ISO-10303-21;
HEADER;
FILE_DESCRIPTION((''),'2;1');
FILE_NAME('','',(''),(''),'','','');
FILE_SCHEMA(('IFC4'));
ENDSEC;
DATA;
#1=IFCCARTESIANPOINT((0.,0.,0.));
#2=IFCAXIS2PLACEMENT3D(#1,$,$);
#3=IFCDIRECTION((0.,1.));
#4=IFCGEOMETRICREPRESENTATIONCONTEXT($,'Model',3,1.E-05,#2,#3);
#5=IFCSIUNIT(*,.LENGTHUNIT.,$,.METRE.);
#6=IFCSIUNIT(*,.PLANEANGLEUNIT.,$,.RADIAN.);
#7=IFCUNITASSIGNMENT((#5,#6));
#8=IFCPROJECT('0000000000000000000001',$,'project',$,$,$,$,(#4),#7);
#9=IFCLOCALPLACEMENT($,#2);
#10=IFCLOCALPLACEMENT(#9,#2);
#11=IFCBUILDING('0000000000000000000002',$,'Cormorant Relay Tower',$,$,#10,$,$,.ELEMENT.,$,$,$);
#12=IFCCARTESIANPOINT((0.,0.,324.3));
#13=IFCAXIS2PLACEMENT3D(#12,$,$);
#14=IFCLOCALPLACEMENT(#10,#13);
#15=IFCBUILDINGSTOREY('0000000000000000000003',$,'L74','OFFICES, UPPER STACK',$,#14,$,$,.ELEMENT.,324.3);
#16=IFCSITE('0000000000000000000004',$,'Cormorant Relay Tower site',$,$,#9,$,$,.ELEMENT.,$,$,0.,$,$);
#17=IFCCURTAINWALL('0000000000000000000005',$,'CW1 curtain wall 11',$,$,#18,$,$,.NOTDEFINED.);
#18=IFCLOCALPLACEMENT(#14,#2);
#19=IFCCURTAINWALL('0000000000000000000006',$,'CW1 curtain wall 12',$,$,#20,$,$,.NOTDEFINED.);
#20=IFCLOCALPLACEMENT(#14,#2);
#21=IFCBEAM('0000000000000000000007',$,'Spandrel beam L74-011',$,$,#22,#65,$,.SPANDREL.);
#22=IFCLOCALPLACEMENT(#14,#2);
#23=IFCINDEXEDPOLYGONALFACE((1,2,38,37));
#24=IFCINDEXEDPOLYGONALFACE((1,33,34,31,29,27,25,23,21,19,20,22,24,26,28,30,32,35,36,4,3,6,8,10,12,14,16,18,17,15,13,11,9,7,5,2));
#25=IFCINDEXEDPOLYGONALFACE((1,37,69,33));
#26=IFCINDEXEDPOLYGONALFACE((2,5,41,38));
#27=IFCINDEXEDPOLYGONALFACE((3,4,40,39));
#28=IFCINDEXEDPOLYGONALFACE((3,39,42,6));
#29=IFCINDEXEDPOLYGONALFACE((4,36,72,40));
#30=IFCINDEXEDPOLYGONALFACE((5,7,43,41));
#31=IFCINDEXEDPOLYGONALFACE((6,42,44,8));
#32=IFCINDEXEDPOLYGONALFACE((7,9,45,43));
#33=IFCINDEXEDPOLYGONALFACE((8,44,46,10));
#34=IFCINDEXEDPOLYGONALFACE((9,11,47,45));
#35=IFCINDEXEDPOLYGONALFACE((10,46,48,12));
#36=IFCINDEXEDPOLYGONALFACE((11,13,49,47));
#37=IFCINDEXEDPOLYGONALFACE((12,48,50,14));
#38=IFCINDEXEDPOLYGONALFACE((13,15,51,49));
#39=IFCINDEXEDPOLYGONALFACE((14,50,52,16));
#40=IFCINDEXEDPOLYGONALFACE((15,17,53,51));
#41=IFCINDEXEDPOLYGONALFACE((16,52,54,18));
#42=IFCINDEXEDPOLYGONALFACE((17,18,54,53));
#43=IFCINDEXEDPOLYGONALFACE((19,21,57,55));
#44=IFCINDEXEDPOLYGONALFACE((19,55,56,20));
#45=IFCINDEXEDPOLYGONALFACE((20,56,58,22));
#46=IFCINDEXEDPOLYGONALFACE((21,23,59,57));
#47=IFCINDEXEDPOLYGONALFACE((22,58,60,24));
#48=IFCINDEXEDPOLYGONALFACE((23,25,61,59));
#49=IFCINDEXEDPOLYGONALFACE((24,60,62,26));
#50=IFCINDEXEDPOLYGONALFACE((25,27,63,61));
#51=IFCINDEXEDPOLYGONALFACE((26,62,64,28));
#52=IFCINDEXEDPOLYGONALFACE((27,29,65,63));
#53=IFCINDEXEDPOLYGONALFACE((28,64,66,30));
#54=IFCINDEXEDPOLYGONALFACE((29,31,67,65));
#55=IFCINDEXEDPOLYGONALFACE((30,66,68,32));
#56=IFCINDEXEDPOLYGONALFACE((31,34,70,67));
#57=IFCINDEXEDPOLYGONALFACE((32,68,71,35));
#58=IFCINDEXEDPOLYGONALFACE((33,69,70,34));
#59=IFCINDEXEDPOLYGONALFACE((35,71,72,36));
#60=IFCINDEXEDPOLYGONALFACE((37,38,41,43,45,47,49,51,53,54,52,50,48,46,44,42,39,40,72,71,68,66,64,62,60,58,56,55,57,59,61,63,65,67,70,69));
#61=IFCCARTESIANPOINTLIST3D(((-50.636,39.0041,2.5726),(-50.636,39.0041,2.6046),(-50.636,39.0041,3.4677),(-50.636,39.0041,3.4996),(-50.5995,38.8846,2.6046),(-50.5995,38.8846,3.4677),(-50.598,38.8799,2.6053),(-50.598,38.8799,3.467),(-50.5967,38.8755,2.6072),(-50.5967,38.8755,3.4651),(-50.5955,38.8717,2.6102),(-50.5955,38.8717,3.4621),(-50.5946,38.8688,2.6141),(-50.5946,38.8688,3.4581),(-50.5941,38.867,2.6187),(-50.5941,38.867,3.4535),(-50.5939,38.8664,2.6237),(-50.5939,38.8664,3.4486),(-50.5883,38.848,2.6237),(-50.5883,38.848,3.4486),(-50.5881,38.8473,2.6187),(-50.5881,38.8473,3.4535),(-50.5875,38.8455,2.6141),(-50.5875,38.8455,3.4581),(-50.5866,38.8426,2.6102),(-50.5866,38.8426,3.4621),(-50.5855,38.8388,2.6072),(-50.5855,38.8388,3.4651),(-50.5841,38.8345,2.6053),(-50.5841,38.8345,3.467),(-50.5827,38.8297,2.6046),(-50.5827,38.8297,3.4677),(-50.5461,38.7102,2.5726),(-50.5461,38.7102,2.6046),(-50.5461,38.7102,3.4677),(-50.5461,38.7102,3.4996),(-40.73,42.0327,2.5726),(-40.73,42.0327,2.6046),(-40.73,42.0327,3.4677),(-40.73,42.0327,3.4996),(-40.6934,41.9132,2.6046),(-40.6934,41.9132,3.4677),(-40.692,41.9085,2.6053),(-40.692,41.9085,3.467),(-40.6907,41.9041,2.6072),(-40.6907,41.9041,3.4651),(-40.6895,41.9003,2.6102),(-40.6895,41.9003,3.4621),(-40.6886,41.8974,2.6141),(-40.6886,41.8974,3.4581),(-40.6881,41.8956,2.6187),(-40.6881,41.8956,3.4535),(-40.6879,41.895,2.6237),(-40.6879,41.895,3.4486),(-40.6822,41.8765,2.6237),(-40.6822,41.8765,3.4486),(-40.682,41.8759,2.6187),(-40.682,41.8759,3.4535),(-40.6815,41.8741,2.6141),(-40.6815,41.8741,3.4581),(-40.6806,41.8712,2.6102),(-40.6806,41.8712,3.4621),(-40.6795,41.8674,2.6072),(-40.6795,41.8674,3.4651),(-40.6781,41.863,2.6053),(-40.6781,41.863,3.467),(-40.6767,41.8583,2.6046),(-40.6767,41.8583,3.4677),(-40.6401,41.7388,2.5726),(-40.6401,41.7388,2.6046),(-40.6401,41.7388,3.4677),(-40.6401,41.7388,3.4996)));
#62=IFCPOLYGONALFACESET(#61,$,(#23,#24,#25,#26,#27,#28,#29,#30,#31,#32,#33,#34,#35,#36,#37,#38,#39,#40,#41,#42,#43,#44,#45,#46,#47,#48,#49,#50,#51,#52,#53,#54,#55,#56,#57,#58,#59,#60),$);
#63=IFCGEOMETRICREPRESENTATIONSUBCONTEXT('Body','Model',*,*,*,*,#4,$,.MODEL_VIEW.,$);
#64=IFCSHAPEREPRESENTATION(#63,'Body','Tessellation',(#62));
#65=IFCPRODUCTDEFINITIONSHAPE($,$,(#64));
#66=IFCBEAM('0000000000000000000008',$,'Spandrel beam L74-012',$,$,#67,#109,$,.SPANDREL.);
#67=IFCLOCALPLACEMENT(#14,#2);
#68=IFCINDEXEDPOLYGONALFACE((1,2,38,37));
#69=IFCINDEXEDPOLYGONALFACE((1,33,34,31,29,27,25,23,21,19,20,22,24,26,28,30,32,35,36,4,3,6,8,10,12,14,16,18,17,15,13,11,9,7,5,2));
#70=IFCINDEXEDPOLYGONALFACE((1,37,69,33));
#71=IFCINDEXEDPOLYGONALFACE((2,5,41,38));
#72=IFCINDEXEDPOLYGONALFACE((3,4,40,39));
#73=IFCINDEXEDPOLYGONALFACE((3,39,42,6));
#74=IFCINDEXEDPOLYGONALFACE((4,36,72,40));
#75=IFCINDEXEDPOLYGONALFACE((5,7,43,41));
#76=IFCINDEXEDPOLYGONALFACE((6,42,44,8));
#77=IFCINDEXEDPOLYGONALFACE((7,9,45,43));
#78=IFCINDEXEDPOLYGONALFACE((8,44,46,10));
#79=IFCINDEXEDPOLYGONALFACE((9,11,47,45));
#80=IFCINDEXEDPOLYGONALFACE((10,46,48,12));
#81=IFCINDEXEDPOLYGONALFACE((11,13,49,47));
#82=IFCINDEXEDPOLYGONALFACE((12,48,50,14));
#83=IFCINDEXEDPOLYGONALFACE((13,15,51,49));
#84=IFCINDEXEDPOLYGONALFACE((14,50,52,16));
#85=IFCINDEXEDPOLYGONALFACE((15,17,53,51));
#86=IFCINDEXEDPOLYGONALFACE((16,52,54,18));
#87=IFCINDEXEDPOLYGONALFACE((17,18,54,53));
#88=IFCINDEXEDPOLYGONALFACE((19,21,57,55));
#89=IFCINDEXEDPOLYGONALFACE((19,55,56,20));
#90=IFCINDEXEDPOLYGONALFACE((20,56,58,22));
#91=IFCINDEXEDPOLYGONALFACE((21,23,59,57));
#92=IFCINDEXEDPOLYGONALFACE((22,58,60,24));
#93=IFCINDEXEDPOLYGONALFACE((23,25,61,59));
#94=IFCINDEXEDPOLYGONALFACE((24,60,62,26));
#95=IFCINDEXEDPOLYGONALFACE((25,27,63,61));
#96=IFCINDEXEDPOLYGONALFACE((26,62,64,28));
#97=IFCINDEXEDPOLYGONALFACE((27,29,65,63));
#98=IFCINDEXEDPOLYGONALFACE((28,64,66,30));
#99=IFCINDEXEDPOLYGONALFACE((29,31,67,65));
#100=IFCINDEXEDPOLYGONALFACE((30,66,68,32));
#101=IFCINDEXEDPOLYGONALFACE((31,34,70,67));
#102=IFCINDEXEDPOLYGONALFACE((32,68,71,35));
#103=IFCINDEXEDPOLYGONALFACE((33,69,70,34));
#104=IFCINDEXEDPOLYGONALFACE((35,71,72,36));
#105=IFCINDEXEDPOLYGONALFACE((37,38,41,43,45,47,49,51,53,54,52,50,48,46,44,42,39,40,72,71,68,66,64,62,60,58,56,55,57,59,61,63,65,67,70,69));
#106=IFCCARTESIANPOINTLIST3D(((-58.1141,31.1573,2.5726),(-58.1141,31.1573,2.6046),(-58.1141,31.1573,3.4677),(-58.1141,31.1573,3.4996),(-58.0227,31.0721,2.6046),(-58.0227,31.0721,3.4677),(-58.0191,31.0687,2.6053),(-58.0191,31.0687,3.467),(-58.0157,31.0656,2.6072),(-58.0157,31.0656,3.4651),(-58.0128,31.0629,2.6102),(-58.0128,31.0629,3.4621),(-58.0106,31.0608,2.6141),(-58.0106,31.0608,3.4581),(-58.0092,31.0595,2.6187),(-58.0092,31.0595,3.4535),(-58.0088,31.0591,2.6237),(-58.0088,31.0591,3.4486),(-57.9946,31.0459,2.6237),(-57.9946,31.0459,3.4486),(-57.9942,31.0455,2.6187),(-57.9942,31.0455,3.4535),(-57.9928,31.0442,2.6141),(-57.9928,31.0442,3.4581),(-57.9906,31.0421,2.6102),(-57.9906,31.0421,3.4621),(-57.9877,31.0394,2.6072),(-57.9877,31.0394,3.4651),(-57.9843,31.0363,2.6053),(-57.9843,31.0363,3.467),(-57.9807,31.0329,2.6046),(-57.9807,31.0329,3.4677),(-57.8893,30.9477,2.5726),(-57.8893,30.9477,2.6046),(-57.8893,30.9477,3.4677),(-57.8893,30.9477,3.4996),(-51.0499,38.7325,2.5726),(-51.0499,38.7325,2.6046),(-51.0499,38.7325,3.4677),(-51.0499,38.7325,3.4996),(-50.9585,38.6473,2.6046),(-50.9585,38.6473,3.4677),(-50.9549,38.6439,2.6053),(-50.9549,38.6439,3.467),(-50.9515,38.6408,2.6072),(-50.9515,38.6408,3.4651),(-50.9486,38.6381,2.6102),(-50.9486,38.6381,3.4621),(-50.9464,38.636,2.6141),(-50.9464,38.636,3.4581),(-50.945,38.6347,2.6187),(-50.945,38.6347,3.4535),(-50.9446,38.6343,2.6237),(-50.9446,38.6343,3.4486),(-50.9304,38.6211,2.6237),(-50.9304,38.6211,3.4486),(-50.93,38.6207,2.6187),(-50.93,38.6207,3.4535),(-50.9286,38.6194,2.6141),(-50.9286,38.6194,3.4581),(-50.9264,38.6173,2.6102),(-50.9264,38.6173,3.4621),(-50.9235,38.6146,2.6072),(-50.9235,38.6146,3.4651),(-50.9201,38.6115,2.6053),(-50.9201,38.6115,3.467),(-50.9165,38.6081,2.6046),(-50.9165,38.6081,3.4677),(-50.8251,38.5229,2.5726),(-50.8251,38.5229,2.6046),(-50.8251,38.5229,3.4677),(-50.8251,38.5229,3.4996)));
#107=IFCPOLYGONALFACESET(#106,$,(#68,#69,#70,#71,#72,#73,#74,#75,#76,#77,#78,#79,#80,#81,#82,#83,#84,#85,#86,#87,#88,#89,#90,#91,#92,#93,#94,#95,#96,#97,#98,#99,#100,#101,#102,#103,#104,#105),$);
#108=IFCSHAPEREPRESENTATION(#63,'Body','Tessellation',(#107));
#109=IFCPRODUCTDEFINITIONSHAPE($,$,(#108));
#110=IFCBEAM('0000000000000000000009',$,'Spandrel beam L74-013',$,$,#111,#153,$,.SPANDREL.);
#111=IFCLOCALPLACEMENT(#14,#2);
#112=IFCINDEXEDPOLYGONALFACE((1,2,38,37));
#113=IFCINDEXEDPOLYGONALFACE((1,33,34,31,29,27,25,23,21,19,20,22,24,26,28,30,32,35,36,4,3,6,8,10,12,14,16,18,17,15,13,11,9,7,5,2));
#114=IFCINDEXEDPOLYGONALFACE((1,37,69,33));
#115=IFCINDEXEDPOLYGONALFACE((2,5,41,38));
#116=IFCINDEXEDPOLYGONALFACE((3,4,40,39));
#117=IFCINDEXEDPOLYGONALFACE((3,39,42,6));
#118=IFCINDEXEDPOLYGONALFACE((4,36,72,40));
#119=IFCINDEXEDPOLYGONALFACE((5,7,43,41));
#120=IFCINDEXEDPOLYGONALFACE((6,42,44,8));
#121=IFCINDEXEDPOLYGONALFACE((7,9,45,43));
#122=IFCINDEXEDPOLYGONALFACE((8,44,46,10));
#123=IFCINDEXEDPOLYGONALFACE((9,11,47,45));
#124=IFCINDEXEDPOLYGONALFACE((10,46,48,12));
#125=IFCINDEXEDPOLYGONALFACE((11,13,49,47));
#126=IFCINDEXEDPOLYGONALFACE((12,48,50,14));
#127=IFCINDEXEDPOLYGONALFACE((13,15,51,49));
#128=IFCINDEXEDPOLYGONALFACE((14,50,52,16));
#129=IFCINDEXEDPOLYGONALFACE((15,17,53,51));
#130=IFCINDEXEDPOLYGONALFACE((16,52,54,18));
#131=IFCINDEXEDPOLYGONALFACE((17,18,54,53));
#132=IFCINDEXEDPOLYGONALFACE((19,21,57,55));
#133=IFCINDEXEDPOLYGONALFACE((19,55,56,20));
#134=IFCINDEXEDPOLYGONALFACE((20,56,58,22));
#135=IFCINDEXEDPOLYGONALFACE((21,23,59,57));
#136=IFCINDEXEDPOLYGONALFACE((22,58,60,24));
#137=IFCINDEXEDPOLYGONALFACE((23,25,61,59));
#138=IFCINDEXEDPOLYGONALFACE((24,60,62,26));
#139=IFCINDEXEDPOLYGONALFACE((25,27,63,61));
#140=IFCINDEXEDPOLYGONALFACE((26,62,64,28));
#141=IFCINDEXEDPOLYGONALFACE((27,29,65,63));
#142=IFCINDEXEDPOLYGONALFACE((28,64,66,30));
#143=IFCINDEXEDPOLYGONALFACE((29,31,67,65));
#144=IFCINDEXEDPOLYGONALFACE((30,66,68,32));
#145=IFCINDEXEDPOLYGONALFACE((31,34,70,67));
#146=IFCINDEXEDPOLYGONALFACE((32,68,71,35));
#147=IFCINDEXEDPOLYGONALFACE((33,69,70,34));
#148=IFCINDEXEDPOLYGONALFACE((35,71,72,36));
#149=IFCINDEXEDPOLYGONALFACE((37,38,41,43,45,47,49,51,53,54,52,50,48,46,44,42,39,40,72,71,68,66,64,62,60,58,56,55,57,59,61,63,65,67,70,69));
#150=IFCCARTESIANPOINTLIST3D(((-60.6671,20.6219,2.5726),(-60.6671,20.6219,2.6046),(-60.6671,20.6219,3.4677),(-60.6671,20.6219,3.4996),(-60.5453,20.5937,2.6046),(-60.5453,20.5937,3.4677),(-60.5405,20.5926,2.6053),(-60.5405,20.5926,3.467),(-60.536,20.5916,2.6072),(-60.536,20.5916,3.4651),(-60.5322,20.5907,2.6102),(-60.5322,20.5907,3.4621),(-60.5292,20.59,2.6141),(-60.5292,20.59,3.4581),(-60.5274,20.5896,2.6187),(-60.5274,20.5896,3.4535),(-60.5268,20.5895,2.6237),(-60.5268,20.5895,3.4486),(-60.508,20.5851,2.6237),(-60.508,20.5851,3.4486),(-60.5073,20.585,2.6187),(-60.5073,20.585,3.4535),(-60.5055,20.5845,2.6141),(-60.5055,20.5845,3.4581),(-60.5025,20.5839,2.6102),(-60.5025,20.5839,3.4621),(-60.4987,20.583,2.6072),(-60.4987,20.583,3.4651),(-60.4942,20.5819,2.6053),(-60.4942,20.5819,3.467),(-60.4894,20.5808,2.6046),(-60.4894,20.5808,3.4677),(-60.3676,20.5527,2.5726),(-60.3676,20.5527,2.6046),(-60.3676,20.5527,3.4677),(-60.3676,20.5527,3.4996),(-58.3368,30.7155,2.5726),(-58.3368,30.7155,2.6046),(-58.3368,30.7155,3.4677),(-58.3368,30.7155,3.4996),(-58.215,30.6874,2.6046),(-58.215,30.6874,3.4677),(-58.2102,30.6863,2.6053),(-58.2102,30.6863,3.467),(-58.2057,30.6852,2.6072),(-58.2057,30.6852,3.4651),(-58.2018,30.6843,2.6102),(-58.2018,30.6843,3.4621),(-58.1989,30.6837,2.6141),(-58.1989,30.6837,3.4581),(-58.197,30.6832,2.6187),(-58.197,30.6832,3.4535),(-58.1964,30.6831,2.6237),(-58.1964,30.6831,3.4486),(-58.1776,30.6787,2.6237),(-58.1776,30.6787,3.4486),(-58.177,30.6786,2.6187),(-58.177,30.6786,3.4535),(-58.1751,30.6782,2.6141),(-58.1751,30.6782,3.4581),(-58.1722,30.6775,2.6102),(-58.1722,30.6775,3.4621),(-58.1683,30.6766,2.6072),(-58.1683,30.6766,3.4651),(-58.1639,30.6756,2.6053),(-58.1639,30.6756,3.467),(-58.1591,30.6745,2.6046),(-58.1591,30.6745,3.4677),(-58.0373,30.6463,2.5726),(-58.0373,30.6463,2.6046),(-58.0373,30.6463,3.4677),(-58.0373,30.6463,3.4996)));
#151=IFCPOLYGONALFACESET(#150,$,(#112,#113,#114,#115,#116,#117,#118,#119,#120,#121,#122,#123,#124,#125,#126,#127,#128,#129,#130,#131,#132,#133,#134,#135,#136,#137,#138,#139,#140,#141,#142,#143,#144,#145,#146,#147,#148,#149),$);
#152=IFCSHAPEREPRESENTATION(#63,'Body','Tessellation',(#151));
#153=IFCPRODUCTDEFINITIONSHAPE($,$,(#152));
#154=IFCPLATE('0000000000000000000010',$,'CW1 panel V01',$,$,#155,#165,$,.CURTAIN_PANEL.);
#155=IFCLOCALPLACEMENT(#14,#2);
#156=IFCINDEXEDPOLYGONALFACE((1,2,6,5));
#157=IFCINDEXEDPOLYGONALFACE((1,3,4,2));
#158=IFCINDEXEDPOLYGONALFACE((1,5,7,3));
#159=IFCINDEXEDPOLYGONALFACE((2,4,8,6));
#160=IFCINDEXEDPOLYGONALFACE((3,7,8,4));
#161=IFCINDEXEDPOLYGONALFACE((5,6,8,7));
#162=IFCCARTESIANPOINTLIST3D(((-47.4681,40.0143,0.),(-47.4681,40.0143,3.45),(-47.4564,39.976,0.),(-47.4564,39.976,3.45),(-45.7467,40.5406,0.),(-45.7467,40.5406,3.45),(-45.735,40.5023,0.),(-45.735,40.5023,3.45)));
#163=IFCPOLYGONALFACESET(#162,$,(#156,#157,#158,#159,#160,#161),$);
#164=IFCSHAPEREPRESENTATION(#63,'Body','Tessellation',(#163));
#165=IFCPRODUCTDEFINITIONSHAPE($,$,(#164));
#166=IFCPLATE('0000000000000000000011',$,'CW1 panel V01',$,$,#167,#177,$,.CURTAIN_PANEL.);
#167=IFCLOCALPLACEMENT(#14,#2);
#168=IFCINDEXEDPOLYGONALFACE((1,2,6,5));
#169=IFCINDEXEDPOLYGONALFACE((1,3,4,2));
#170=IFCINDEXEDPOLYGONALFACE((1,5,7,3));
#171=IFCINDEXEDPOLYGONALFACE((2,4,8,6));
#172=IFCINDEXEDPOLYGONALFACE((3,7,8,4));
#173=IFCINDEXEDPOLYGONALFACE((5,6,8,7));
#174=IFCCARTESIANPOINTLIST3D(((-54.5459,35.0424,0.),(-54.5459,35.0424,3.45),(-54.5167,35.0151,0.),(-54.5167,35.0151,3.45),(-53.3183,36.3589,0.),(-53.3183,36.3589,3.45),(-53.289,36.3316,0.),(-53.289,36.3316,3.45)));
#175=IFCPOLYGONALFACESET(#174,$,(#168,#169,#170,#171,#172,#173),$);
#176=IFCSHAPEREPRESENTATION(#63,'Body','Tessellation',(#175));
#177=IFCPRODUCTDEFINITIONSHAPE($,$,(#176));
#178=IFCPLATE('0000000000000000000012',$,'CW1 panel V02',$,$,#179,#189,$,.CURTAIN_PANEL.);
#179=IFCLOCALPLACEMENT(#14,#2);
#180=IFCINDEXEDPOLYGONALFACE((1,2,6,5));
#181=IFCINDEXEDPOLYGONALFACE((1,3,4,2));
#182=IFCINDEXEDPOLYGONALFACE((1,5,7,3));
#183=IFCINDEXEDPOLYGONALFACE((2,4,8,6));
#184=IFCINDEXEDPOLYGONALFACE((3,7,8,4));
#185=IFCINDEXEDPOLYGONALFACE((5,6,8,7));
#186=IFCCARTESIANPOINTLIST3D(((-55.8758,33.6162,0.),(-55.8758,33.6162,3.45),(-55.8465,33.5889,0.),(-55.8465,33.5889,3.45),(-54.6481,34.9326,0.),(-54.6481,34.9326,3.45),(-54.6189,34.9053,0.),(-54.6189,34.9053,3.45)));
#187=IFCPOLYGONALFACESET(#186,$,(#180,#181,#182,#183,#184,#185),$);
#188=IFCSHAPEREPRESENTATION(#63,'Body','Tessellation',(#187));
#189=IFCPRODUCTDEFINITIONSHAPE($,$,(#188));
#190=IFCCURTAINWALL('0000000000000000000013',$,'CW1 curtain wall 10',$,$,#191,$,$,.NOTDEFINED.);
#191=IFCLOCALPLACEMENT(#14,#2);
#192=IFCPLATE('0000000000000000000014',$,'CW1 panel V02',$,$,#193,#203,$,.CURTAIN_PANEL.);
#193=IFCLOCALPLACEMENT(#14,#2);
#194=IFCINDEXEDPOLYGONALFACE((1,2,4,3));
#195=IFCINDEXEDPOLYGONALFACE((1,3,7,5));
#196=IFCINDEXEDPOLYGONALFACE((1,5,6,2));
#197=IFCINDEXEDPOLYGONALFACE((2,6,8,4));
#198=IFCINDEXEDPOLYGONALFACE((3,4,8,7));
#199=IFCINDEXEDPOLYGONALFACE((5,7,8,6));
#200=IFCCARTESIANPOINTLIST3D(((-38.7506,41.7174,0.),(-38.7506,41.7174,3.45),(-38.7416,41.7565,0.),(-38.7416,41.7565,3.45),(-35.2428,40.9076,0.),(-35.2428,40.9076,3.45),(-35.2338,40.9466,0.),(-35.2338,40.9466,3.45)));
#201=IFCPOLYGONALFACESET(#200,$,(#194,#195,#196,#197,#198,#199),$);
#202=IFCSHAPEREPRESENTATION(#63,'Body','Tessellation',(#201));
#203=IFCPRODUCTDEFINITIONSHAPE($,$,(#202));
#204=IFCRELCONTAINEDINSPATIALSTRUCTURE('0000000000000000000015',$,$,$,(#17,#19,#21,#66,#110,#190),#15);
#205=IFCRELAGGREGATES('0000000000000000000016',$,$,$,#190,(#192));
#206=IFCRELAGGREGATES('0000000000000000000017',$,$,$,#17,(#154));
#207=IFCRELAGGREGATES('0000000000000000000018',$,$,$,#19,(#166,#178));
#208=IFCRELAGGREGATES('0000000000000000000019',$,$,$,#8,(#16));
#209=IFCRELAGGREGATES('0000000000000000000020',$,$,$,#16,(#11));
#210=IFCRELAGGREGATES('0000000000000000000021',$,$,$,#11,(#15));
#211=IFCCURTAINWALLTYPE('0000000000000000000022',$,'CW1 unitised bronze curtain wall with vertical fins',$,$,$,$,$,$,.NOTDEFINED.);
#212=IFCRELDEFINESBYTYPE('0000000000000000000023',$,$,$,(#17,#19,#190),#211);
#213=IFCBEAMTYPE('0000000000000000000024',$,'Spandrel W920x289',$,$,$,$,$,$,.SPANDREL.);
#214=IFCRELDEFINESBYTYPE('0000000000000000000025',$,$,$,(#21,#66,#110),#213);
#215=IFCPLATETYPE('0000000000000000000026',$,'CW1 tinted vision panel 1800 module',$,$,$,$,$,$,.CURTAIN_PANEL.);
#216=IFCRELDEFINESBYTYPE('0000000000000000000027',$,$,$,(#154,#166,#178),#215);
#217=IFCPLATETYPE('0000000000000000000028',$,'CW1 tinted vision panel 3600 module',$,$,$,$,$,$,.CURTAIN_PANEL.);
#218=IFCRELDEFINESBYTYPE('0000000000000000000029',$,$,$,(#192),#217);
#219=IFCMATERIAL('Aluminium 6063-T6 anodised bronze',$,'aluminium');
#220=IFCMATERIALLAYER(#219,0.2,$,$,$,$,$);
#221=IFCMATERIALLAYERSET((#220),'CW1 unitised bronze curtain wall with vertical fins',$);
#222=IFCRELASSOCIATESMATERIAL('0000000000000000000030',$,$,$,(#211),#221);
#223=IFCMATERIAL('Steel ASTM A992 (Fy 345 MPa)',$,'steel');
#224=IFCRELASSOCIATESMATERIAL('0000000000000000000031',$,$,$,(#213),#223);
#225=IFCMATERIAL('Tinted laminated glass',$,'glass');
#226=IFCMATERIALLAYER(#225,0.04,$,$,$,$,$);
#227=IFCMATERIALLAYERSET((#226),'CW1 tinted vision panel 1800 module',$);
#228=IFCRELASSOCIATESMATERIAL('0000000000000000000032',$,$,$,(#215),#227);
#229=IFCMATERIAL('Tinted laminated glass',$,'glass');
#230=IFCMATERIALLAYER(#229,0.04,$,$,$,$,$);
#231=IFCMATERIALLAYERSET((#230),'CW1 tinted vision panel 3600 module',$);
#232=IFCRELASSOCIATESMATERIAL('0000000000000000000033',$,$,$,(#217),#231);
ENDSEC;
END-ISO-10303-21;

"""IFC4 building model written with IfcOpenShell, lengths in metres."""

from ifc_helpers import new_model, si_unit, direction, frame, origin, origin_2d, place, context, subcontext, project, spatial, rectangle, i_section, extrude, material, layer, layer_set, material_profile, profile_set, type_object, element, aggregate, save


model = new_model("IFC4")

# Units and contexts
model_context = context("Model", 3, precision=1e-05, world=origin(), true_north=direction((0.0, 1.0)))
body_context = subcontext(model_context, "Body", "Model", "MODEL_VIEW")
ifc_project = project(units=[si_unit("LENGTHUNIT", "METRE"), si_unit("PLANEANGLEUNIT", "RADIAN")], contexts=[model_context])

# Site, building, storey
site_placement = place(None, origin())
site = spatial("IfcSite", under=ifc_project, at=site_placement, Name="Cormorant Relay Tower site", CompositionType="ELEMENT", RefElevation=0.0)
building_placement = place(site_placement, origin())
building = spatial("IfcBuilding", under=site, at=building_placement, Name="Cormorant Relay Tower", CompositionType="ELEMENT")
storey_placement = place(building_placement, frame((0.0, 0.0, 324.3)))
storey = spatial("IfcBuildingStorey", under=building, at=storey_placement, Name="L74", Description="OFFICES, UPPER STACK", CompositionType="ELEMENT", Elevation=324.3)

# Curtain walls
ifc_material_1 = material(Name="Aluminium 6063-T6 anodised bronze", Category="aluminium")
ifc_layer_1 = layer(ifc_material_1, 0.2)
ifc_layer_set_1 = layer_set([ifc_layer_1], Name="CW1 unitised bronze curtain wall with vertical fins")
curtain_wall_type = type_object("IfcCurtainWallType", Name="CW1 unitised bronze curtain wall with vertical fins", PredefinedType="NOTDEFINED", material=ifc_layer_set_1)
curtain_wall_1_placement = place(storey_placement, origin())
curtain_wall_1 = element("IfcCurtainWall", 1, at=curtain_wall_1_placement, inside=storey, type_object=curtain_wall_type, Name="CW1 curtain wall 11", PredefinedType="NOTDEFINED")
curtain_wall_2_placement = place(storey_placement, origin())
curtain_wall_2 = element("IfcCurtainWall", 2, at=curtain_wall_2_placement, inside=storey, type_object=curtain_wall_type, Name="CW1 curtain wall 12", PredefinedType="NOTDEFINED")

# Beams
ifc_material_2 = material(Name="Steel ASTM A992 (Fy 345 MPa)", Category="steel")
ifc_material_profile_1 = material_profile(ifc_material_2, i_section(OverallWidth=0.3074, OverallDepth=0.927, WebThickness=0.0193, FlangeThickness=0.032, FilletRadius=0.019, at=origin_2d()), Name="W920x289")
ifc_profile_set_1 = profile_set([ifc_material_profile_1], Name="Steel ASTM A992 (Fy 345 MPa)")
beam_type = type_object("IfcBeamType", Name="Spandrel W920x289", PredefinedType="SPANDREL", material=ifc_profile_set_1)
beam_1_placement = place(storey_placement, frame((-40.6851, 41.8857, 3.0361), z_axis=(-0.956305, -0.292371, 0.0), x_axis=(0.292371, -0.956305, 0.0)))
element("IfcBeam", 3, at=beam_1_placement, inside=storey, type_object=beam_type, Name="Spandrel beam L74-011", PredefinedType="SPANDREL", context=body_context, shape_type="SweptSolid", body=[
    extrude(i_section(OverallWidth=0.3074, OverallDepth=0.927, WebThickness=0.0193, FlangeThickness=0.032, FilletRadius=0.019, at=origin_2d()), origin(), (0.0, 0.0, 1.0), 10.3586),
])
beam_2_placement = place(storey_placement, frame((-50.9375, 38.6277, 3.0361), z_axis=(-0.68201, -0.731343, 0.0), x_axis=(0.731343, -0.68201, 0.0)))
element("IfcBeam", 4, at=beam_2_placement, inside=storey, type_object=beam_type, Name="Spandrel beam L74-012", PredefinedType="SPANDREL", context=body_context, shape_type="SweptSolid", body=[
    extrude(i_section(OverallWidth=0.3074, OverallDepth=0.927, WebThickness=0.0193, FlangeThickness=0.032, FilletRadius=0.019, at=origin_2d()), origin(), (0.0, 0.0, 1.0), 10.3579),
])
beam_3_placement = place(storey_placement, frame((-58.187, 30.6809, 3.0361), z_axis=(-0.224956, -0.974369, 0.0), x_axis=(0.974369, -0.224956, 0.0)))
element("IfcBeam", 5, at=beam_3_placement, inside=storey, type_object=beam_type, Name="Spandrel beam L74-013", PredefinedType="SPANDREL", context=body_context, shape_type="SweptSolid", body=[
    extrude(i_section(OverallWidth=0.3074, OverallDepth=0.927, WebThickness=0.0193, FlangeThickness=0.032, FilletRadius=0.019, at=origin_2d()), origin(), (0.0, 0.0, 1.0), 10.3591),
])

# Plates
ifc_material_3 = material(Name="Tinted laminated glass", Category="glass")
ifc_layer_2 = layer(ifc_material_3, 0.04)
ifc_layer_set_2 = layer_set([ifc_layer_2], Name="CW1 tinted vision panel 1800 module")
plate_type_1 = type_object("IfcPlateType", Name="CW1 tinted vision panel 1800 module", PredefinedType="CURTAIN_PANEL", material=ifc_layer_set_2)
plate_1_placement = place(storey_placement, frame((-46.6016, 40.2583, 0.0), z_axis=(0.0, 0.0, 1.0), x_axis=(-0.956305, -0.292372, 0.0)))
plate_1 = element("IfcPlate", 6, at=plate_1_placement, type_object=plate_type_1, Name="CW1 panel V01", PredefinedType="CURTAIN_PANEL", context=body_context, shape_type="SweptSolid", body=[
    extrude(rectangle(XDim=1.8, YDim=0.04, at=origin_2d()), origin(), (0.0, 0.0, 1.0), 3.45),
])
plate_2_placement = place(storey_placement, frame((-53.9175, 35.687, 0.0), z_axis=(0.0, 0.0, 1.0), x_axis=(-0.681998, -0.731354, 0.0)))
plate_2 = element("IfcPlate", 7, at=plate_2_placement, type_object=plate_type_1, Name="CW1 panel V01", PredefinedType="CURTAIN_PANEL", context=body_context, shape_type="SweptSolid", body=[
    extrude(rectangle(XDim=1.8, YDim=0.04, at=origin_2d()), origin(), (0.0, 0.0, 1.0), 3.45),
])
plate_3_placement = place(storey_placement, frame((-55.2473, 34.2607, 0.0), z_axis=(0.0, 0.0, 1.0), x_axis=(-0.681998, -0.731354, 0.0)))
plate_3 = element("IfcPlate", 8, at=plate_3_placement, type_object=plate_type_1, Name="CW1 panel V02", PredefinedType="CURTAIN_PANEL", context=body_context, shape_type="SweptSolid", body=[
    extrude(rectangle(XDim=1.8, YDim=0.04, at=origin_2d()), origin(), (0.0, 0.0, 1.0), 3.45),
])

# Curtain wall, plate
curtain_wall_3_placement = place(storey_placement, origin())
curtain_wall_3 = element("IfcCurtainWall", 9, at=curtain_wall_3_placement, inside=storey, type_object=curtain_wall_type, Name="CW1 curtain wall 10", PredefinedType="NOTDEFINED")
ifc_material_4 = material(Name="Tinted laminated glass", Category="glass")
ifc_layer_3 = layer(ifc_material_4, 0.04)
ifc_layer_set_3 = layer_set([ifc_layer_3], Name="CW1 tinted vision panel 3600 module")
plate_type_2 = type_object("IfcPlateType", Name="CW1 tinted vision panel 3600 module", PredefinedType="CURTAIN_PANEL", material=ifc_layer_set_3)
plate_4_placement = place(storey_placement, frame((-36.9922, 41.332, 0.0), z_axis=(0.0, 0.0, 1.0), x_axis=(-0.97437, 0.224951, 0.0)))
plate_4 = element("IfcPlate", 10, at=plate_4_placement, type_object=plate_type_2, Name="CW1 panel V02", PredefinedType="CURTAIN_PANEL", context=body_context, shape_type="SweptSolid", body=[
    extrude(rectangle(XDim=3.6001, YDim=0.04, at=origin_2d()), origin(), (0.0, 0.0, 1.0), 3.45),
])

aggregate(curtain_wall_3, [plate_4])
aggregate(curtain_wall_1, [plate_1])
aggregate(curtain_wall_2, [plate_2, plate_3])

save(model, "model.ifc")
